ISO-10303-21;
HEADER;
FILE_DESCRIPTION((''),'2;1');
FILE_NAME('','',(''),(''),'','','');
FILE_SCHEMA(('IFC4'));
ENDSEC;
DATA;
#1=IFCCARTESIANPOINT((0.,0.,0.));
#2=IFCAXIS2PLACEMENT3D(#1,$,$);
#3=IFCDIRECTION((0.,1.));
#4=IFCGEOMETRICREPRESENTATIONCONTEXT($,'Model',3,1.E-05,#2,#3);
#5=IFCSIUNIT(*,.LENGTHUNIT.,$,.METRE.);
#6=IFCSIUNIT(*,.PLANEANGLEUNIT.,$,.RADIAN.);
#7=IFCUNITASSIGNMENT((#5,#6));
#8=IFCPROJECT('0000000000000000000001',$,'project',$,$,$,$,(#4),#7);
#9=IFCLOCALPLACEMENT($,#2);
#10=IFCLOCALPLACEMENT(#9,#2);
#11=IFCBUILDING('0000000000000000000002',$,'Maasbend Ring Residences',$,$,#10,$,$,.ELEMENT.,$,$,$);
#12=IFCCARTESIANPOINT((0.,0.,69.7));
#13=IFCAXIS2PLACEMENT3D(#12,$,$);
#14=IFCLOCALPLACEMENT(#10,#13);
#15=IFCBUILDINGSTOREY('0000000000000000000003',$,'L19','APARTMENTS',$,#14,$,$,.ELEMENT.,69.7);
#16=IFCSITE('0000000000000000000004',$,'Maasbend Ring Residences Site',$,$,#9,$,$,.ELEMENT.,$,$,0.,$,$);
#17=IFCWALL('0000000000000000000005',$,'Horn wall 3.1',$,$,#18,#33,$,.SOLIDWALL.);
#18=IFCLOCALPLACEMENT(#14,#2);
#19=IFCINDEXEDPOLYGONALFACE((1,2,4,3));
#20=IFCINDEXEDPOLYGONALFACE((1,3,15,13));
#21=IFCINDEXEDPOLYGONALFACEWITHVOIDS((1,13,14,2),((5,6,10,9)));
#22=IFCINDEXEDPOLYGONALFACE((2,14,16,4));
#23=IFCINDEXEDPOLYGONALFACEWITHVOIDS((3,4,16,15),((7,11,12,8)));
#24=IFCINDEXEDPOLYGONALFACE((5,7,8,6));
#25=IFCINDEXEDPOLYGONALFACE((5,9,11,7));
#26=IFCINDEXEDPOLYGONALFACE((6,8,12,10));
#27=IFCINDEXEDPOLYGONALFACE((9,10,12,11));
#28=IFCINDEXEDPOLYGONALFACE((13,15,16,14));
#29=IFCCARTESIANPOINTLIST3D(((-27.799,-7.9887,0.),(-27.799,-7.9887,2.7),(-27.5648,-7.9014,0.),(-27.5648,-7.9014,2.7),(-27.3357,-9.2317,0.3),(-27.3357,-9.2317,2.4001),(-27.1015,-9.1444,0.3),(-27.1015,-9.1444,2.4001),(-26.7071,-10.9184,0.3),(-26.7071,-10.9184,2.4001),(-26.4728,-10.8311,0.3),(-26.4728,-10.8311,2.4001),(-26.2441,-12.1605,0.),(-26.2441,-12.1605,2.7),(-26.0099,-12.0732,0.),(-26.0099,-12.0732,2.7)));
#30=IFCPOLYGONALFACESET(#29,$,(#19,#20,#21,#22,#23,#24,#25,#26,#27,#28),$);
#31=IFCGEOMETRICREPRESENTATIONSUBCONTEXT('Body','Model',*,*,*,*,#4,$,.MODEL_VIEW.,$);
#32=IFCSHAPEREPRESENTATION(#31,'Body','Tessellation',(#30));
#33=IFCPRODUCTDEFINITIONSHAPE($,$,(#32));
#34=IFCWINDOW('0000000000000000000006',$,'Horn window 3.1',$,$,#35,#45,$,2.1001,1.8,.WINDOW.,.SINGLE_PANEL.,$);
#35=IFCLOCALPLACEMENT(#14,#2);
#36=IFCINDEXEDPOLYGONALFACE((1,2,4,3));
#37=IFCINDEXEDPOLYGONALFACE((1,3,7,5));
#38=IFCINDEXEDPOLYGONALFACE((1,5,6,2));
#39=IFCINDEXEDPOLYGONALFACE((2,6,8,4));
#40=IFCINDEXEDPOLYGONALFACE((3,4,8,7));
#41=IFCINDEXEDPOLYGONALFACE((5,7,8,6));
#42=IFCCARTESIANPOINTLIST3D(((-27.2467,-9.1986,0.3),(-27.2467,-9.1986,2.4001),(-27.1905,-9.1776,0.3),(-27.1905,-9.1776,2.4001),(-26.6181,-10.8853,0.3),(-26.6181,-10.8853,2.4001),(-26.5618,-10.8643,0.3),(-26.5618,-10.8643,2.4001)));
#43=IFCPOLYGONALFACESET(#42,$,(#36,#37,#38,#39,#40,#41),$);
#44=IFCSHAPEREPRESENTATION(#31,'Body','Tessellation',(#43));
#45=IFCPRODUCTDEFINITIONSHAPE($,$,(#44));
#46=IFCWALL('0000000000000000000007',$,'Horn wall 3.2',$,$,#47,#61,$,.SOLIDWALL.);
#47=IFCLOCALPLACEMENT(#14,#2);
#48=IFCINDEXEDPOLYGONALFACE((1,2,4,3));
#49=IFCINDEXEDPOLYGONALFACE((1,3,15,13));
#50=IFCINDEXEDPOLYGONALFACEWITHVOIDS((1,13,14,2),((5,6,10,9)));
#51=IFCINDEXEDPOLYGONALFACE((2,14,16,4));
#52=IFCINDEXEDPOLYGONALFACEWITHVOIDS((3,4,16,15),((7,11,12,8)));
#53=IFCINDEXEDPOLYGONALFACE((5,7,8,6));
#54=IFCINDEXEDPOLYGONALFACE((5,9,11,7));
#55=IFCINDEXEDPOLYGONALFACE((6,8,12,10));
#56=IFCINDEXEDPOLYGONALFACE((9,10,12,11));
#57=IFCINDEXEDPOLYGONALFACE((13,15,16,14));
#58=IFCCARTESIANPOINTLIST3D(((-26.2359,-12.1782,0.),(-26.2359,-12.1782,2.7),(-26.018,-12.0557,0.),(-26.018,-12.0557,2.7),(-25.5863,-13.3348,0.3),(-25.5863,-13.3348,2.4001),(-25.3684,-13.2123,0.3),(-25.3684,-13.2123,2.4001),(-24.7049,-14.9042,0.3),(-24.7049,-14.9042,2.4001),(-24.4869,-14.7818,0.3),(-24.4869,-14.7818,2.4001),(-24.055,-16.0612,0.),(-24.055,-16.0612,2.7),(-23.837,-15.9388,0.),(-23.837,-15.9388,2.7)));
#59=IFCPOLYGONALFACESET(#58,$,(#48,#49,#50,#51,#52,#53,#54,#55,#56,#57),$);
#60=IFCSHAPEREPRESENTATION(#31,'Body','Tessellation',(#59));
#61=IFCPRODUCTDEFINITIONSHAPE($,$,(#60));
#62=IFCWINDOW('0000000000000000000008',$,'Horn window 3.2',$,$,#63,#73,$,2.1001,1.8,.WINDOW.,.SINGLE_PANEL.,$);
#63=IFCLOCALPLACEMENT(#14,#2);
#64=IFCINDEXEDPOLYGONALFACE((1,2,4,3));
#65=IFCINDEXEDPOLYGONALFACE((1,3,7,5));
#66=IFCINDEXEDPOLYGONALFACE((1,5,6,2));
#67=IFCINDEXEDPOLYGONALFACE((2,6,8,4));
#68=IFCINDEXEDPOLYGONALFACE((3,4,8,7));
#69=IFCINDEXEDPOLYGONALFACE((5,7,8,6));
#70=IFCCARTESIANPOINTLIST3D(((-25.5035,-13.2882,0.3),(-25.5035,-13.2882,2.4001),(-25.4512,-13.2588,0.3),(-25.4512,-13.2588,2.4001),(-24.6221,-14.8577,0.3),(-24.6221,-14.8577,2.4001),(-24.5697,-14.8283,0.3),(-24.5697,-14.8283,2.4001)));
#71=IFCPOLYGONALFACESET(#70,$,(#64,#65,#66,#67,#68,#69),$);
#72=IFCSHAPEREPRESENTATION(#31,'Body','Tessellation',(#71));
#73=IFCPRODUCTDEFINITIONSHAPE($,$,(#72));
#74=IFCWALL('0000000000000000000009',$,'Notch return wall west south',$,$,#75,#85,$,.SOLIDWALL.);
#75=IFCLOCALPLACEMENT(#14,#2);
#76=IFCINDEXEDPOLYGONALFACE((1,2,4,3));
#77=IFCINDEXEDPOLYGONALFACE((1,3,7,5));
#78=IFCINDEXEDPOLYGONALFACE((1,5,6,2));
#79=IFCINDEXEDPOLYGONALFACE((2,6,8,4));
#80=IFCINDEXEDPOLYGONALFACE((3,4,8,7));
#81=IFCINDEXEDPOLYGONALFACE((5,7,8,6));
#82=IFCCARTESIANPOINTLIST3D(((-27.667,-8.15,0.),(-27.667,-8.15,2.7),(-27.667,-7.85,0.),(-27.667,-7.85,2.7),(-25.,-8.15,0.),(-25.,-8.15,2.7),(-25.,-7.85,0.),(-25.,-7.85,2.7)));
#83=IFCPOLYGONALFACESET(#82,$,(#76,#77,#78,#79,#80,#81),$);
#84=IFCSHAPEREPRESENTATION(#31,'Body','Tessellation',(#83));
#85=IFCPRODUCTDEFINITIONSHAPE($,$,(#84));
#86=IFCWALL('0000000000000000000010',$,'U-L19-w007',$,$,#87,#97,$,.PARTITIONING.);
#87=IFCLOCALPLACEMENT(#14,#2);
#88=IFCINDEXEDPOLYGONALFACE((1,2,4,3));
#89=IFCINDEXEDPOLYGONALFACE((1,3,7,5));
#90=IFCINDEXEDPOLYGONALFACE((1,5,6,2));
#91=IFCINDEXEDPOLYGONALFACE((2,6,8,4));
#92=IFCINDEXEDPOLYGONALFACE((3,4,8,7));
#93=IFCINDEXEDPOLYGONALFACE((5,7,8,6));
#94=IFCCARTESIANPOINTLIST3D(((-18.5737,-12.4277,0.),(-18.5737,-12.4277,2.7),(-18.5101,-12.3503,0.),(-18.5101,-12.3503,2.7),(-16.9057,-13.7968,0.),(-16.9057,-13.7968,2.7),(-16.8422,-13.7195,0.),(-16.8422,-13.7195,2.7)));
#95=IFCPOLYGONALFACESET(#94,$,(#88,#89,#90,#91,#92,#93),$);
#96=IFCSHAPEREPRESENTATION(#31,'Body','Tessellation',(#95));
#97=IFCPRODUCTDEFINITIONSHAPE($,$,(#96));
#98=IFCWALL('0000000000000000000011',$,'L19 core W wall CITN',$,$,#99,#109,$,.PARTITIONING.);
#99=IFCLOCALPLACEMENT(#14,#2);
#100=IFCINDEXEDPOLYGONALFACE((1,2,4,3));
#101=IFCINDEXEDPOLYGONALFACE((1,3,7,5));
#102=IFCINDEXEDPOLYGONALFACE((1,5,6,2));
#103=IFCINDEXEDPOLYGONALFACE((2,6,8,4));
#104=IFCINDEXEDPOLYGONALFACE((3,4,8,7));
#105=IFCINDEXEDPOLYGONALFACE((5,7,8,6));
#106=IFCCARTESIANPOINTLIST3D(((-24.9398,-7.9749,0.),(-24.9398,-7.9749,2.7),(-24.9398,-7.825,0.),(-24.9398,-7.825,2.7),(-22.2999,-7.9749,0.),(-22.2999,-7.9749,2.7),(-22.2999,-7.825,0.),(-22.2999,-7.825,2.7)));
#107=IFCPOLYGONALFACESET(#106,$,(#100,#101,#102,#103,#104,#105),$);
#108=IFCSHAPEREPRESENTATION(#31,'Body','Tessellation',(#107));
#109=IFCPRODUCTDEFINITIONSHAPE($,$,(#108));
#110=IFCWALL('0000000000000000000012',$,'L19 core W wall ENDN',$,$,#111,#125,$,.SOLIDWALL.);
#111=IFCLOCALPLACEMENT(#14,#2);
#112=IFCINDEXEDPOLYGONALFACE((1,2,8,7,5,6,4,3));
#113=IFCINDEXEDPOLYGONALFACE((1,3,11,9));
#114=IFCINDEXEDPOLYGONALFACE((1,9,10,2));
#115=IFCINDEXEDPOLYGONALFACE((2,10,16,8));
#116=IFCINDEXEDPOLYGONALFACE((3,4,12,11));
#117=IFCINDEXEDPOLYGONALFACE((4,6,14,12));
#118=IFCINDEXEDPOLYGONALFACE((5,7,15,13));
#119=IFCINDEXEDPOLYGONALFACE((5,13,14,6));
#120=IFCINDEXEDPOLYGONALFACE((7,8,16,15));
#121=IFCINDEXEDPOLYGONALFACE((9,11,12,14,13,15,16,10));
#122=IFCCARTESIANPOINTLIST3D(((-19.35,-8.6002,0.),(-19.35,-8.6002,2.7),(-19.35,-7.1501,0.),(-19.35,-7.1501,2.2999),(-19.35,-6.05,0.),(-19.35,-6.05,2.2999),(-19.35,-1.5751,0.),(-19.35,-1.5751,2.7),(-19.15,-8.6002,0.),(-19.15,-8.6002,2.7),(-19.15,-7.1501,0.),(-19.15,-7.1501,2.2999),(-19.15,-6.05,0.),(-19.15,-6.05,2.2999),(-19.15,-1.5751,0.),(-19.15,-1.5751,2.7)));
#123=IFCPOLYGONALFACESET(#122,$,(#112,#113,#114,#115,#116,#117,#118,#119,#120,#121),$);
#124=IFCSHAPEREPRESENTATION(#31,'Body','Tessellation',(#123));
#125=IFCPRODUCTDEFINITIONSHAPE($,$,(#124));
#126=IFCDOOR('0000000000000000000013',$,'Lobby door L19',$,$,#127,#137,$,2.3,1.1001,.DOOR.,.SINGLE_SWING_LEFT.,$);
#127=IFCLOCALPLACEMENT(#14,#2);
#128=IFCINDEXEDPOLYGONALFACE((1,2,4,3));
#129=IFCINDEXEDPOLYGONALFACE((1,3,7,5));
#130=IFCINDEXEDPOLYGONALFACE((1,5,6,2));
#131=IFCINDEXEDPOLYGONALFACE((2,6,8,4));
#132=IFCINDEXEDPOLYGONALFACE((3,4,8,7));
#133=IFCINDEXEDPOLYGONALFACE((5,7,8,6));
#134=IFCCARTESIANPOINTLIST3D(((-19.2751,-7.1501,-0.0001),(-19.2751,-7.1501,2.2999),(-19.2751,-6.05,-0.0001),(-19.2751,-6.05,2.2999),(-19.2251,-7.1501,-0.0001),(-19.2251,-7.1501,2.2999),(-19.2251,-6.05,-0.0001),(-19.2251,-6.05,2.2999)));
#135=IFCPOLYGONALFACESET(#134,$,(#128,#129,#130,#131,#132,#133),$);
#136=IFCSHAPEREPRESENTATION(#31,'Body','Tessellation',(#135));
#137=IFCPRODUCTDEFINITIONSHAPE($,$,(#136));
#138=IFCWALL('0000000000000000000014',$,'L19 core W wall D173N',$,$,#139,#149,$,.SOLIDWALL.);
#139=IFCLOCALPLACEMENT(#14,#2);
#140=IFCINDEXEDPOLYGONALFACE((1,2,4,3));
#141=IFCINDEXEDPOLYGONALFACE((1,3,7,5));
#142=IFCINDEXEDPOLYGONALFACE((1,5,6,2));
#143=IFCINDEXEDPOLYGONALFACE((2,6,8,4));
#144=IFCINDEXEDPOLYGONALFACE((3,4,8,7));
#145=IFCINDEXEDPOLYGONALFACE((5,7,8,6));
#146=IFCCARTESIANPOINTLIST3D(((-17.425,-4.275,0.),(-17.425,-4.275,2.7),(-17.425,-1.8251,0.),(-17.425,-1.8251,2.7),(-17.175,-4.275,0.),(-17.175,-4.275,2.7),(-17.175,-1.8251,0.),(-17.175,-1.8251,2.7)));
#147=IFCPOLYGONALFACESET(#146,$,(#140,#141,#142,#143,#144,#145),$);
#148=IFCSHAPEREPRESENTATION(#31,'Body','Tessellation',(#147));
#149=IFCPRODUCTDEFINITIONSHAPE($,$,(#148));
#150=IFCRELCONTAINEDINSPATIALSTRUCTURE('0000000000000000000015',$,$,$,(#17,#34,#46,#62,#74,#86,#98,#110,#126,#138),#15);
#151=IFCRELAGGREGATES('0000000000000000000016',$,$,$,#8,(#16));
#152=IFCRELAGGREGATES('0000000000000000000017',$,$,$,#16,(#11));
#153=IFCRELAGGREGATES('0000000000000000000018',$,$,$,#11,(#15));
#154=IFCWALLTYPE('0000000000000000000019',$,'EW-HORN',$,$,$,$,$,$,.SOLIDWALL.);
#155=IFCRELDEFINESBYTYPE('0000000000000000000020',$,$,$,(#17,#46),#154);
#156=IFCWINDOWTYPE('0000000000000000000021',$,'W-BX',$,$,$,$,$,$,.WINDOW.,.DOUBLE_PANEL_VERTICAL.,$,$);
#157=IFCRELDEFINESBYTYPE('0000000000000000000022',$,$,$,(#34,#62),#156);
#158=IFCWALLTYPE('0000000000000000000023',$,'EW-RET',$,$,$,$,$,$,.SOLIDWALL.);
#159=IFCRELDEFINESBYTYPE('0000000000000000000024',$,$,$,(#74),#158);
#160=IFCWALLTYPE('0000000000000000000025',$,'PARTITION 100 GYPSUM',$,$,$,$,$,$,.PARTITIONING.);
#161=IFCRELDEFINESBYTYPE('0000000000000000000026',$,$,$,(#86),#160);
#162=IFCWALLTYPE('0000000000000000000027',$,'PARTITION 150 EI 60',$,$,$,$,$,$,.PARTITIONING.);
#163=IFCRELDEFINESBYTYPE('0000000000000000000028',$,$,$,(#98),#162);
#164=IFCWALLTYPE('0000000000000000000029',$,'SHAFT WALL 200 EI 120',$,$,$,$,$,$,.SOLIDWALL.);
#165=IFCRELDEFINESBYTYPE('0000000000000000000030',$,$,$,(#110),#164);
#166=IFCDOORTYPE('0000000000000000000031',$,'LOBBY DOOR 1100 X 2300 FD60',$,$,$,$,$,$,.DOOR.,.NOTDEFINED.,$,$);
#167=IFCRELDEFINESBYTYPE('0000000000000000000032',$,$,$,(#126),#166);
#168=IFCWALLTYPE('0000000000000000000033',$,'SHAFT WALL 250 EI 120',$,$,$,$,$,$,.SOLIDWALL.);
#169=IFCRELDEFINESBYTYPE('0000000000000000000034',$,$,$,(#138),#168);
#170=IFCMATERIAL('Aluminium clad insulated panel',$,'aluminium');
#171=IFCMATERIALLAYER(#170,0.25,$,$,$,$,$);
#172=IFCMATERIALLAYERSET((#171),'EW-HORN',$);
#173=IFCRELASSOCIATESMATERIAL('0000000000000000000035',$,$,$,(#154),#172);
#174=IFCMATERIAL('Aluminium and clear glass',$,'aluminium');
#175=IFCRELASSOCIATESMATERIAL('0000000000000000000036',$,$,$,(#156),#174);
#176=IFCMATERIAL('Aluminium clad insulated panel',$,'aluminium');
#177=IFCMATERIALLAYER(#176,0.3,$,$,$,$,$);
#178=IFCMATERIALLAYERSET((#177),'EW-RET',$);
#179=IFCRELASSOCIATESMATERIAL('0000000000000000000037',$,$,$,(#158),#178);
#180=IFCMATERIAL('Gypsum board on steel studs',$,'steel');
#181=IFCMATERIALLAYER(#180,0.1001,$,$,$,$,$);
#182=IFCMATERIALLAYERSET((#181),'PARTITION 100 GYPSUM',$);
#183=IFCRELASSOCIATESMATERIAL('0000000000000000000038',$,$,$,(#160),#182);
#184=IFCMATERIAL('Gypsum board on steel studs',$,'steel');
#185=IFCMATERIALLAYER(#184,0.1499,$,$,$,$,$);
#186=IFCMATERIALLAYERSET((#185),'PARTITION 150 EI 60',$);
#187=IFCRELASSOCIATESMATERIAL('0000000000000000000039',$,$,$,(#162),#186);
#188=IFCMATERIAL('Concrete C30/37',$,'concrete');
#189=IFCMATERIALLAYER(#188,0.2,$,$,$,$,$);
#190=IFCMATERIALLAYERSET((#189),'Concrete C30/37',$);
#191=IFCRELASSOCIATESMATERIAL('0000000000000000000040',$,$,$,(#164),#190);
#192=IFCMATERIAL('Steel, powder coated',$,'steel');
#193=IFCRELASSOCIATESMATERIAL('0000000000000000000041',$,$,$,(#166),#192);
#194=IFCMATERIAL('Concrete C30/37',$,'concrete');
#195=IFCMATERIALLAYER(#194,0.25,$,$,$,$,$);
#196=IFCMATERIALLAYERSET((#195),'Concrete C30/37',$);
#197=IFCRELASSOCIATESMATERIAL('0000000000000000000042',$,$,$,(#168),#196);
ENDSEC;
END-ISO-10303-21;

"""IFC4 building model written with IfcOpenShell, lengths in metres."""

from ifc_helpers import new_model, si_unit, direction, frame, frame_2d, origin, place, context, subcontext, project, spatial, rectangle, extrude, material, layer, layer_set, type_object, element, fill, save


model = new_model("IFC4")

# Units and contexts
model_context = context("Model", 3, precision=1e-05, world=origin(), true_north=direction((0.0, 1.0)))
body_context = subcontext(model_context, "Body", "Model", "MODEL_VIEW")
ifc_project = project(units=[si_unit("LENGTHUNIT", "METRE"), si_unit("PLANEANGLEUNIT", "RADIAN")], contexts=[model_context])

# Site, building, storey
site_placement = place(None, origin())
site = spatial("IfcSite", under=ifc_project, at=site_placement, Name="Maasbend Ring Residences Site", CompositionType="ELEMENT", RefElevation=0.0)
building_placement = place(site_placement, origin())
building = spatial("IfcBuilding", under=site, at=building_placement, Name="Maasbend Ring Residences", CompositionType="ELEMENT")
storey_placement = place(building_placement, frame((0.0, 0.0, 69.7)))
storey = spatial("IfcBuildingStorey", under=building, at=storey_placement, Name="L19", Description="APARTMENTS", CompositionType="ELEMENT", Elevation=69.7)

# Walls, openings, windows
ifc_material_1 = material(Name="Aluminium clad insulated panel", Category="aluminium")
ifc_layer_1 = layer(ifc_material_1, 0.25)
ifc_layer_set_1 = layer_set([ifc_layer_1], Name="EW-HORN")
wall_type_1 = type_object("IfcWallType", Name="EW-HORN", PredefinedType="SOLIDWALL", material=ifc_layer_set_1)
wall_1_placement = place(storey_placement, frame((-27.6819, -7.9451, 0.0), z_axis=(0.0, 0.0, 1.0), x_axis=(0.349248, -0.93703, 0.0)))
wall_1 = element("IfcWall", 1, at=wall_1_placement, inside=storey, type_object=wall_type_1, Name="Horn wall 3.1", PredefinedType="SOLIDWALL", context=body_context, shape_type="SweptSolid", body=[
    extrude(rectangle(XDim=4.4521, YDim=0.25, at=frame_2d((2.2261, 0.0))), origin(), (0.0, 0.0, 1.0), 2.7),
])
opening_1_placement = place(wall_1_placement, frame((1.3267, 0.0, 0.3)))
opening_1 = element("IfcOpeningElement", 2, at=opening_1_placement, cuts=wall_1, PredefinedType="OPENING", context=body_context, shape_type="SweptSolid", body=[
    extrude(rectangle(XDim=1.8, YDim=2.1001, at=frame_2d((0.8999, 1.05))), frame((0.0, 0.135, 0.0), z_axis=(0.0, -1.0, 0.0), x_axis=(1.0, 0.0, 0.0)), (0.0, 0.0, 1.0), 0.27),
])
ifc_material_2 = material(Name="Aluminium and clear glass", Category="aluminium")
window_type = type_object("IfcWindowType", Name="W-BX", PartitioningType="DOUBLE_PANEL_VERTICAL", PredefinedType="WINDOW", material=ifc_material_2)
window_1_placement = place(opening_1_placement, origin())
window_1 = element("IfcWindow", 3, at=window_1_placement, inside=storey, type_object=window_type, Name="Horn window 3.1", OverallHeight=2.1001, OverallWidth=1.8, PartitioningType="SINGLE_PANEL", PredefinedType="WINDOW", context=body_context, shape_type="SweptSolid", body=[
    extrude(rectangle(XDim=1.8, YDim=2.1001, at=frame_2d((0.8999, 1.05))), frame((0.0, 0.03, 0.0), z_axis=(0.0, -1.0, 0.0), x_axis=(1.0, 0.0, 0.0)), (0.0, 0.0, 1.0), 0.0601),
])
fill(opening_1, window_1)
wall_2_placement = place(storey_placement, frame((-26.127, -12.1169, 0.0), z_axis=(0.0, 0.0, 1.0), x_axis=(0.489696, -0.871893, 0.0)))
wall_2 = element("IfcWall", 4, at=wall_2_placement, inside=storey, type_object=wall_type_1, Name="Horn wall 3.2", PredefinedType="SOLIDWALL", context=body_context, shape_type="SweptSolid", body=[
    extrude(rectangle(XDim=4.4536, YDim=0.25, at=frame_2d((2.2268, 0.0))), origin(), (0.0, 0.0, 1.0), 2.7),
])
opening_2_placement = place(wall_2_placement, frame((1.3267, 0.0, 0.3)))
opening_2 = element("IfcOpeningElement", 5, at=opening_2_placement, cuts=wall_2, PredefinedType="OPENING", context=body_context, shape_type="SweptSolid", body=[
    extrude(rectangle(XDim=1.8, YDim=2.1001, at=frame_2d((0.8999, 1.05))), frame((0.0, 0.135, 0.0), z_axis=(0.0, -1.0, 0.0), x_axis=(1.0, 0.0, 0.0)), (0.0, 0.0, 1.0), 0.27),
])
window_2_placement = place(opening_2_placement, origin())
window_2 = element("IfcWindow", 6, at=window_2_placement, inside=storey, type_object=window_type, Name="Horn window 3.2", OverallHeight=2.1001, OverallWidth=1.8, PartitioningType="SINGLE_PANEL", PredefinedType="WINDOW", context=body_context, shape_type="SweptSolid", body=[
    extrude(rectangle(XDim=1.8, YDim=2.1001, at=frame_2d((0.8999, 1.05))), frame((0.0, 0.03, 0.0), z_axis=(0.0, -1.0, 0.0), x_axis=(1.0, 0.0, 0.0)), (0.0, 0.0, 1.0), 0.0601),
])
fill(opening_2, window_2)

# Walls
ifc_material_3 = material(Name="Aluminium clad insulated panel", Category="aluminium")
ifc_layer_2 = layer(ifc_material_3, 0.3)
ifc_layer_set_2 = layer_set([ifc_layer_2], Name="EW-RET")
wall_type_2 = type_object("IfcWallType", Name="EW-RET", PredefinedType="SOLIDWALL", material=ifc_layer_set_2)
wall_3_placement = place(storey_placement, frame((-25.0, -8.0, 0.0), z_axis=(0.0, 0.0, 1.0), x_axis=(-1.0, 0.0, 0.0)))
element("IfcWall", 7, at=wall_3_placement, inside=storey, type_object=wall_type_2, Name="Notch return wall west south", PredefinedType="SOLIDWALL", context=body_context, shape_type="SweptSolid", body=[
    extrude(rectangle(XDim=2.667, YDim=0.3, at=frame_2d((1.3335, 0.0))), origin(), (0.0, 0.0, 1.0), 2.7),
])
ifc_material_4 = material(Name="Gypsum board on steel studs", Category="steel")
ifc_layer_3 = layer(ifc_material_4, 0.1001)
ifc_layer_set_3 = layer_set([ifc_layer_3], Name="PARTITION 100 GYPSUM")
wall_type_3 = type_object("IfcWallType", Name="PARTITION 100 GYPSUM", PredefinedType="PARTITIONING", material=ifc_layer_set_3)
wall_4_placement = place(storey_placement, frame((-18.542, -12.3889, 0.0), z_axis=(0.0, 0.0, 1.0), x_axis=(0.772948, -0.634469, 0.0)))
element("IfcWall", 8, at=wall_4_placement, inside=storey, type_object=wall_type_3, Name="U-L19-w007", PredefinedType="PARTITIONING", context=body_context, shape_type="SweptSolid", body=[
    extrude(rectangle(XDim=2.158, YDim=0.1001, at=frame_2d((1.0791, 0.0))), origin(), (0.0, 0.0, 1.0), 2.7),
])
ifc_material_5 = material(Name="Gypsum board on steel studs", Category="steel")
ifc_layer_4 = layer(ifc_material_5, 0.1499)
ifc_layer_set_4 = layer_set([ifc_layer_4], Name="PARTITION 150 EI 60")
wall_type_4 = type_object("IfcWallType", Name="PARTITION 150 EI 60", PredefinedType="PARTITIONING", material=ifc_layer_set_4)
wall_5_placement = place(storey_placement, frame((-22.3, -7.8999, 0.0), z_axis=(0.0, 0.0, 1.0), x_axis=(-1.0, 0.0, 0.0)))
element("IfcWall", 9, at=wall_5_placement, inside=storey, type_object=wall_type_4, Name="L19 core W wall CITN", PredefinedType="PARTITIONING", context=body_context, shape_type="SweptSolid", body=[
    extrude(rectangle(XDim=2.6399, YDim=0.1499, at=frame_2d((1.3198, 0.0))), origin(), (0.0, 0.0, 1.0), 2.7),
])

# Wall, opening, door
ifc_material_6 = material(Name="Concrete C30/37", Category="concrete")
ifc_layer_5 = layer(ifc_material_6, 0.2)
ifc_layer_set_5 = layer_set([ifc_layer_5], Name="Concrete C30/37")
wall_type_5 = type_object("IfcWallType", Name="SHAFT WALL 200 EI 120", PredefinedType="SOLIDWALL", material=ifc_layer_set_5)
wall_6_placement = place(storey_placement, frame((-19.25, -1.575, 0.0), z_axis=(0.0, 0.0, 1.0), x_axis=(0.0, -1.0, 0.0)))
wall_6 = element("IfcWall", 10, at=wall_6_placement, inside=storey, type_object=wall_type_5, Name="L19 core W wall ENDN", PredefinedType="SOLIDWALL", context=body_context, shape_type="SweptSolid", body=[
    extrude(rectangle(XDim=7.0251, YDim=0.2, at=frame_2d((3.5127, 0.0))), origin(), (0.0, 0.0, 1.0), 2.7),
])
opening_3_placement = place(wall_6_placement, frame((4.4751, 0.0, 0.0)))
opening_3 = element("IfcOpeningElement", 11, at=opening_3_placement, cuts=wall_6, PredefinedType="OPENING", context=body_context, shape_type="SweptSolid", body=[
    extrude(rectangle(XDim=1.1001, YDim=2.3, at=frame_2d((0.55, 1.1499))), frame((0.0, 0.1099, 0.0), z_axis=(0.0, -1.0, 0.0), x_axis=(1.0, 0.0, 0.0)), (0.0, 0.0, 1.0), 0.22),
])
ifc_material_7 = material(Name="Steel, powder coated", Category="steel")
door_type_1 = type_object("IfcDoorType", Name="LOBBY DOOR 1100 X 2300 FD60", OperationType="NOTDEFINED", PredefinedType="DOOR", material=ifc_material_7)
door_1_placement = place(opening_3_placement, origin())
door_1 = element("IfcDoor", 12, at=door_1_placement, inside=storey, type_object=door_type_1, Name="Lobby door L19", OperationType="SINGLE_SWING_LEFT", OverallHeight=2.3, OverallWidth=1.1001, PredefinedType="DOOR", context=body_context, shape_type="SweptSolid", body=[
    extrude(rectangle(XDim=1.1001, YDim=2.3, at=frame_2d((0.55, 1.1499))), frame((0.0, 0.0249, 0.0), z_axis=(0.0, -1.0, 0.0), x_axis=(1.0, 0.0, 0.0)), (0.0, 0.0, 1.0), 0.05),
])
fill(opening_3, door_1)

# Wall
ifc_material_8 = material(Name="Concrete C30/37", Category="concrete")
ifc_layer_6 = layer(ifc_material_8, 0.25)
ifc_layer_set_6 = layer_set([ifc_layer_6], Name="Concrete C30/37")
wall_type_6 = type_object("IfcWallType", Name="SHAFT WALL 250 EI 120", PredefinedType="SOLIDWALL", material=ifc_layer_set_6)
wall_7_placement = place(storey_placement, frame((-17.3, -1.825, 0.0), z_axis=(0.0, 0.0, 1.0), x_axis=(0.0, -1.0, 0.0)))
element("IfcWall", 13, at=wall_7_placement, inside=storey, type_object=wall_type_6, Name="L19 core W wall D173N", PredefinedType="SOLIDWALL", context=body_context, shape_type="SweptSolid", body=[
    extrude(rectangle(XDim=2.45, YDim=0.25, at=frame_2d((1.2251, 0.0))), origin(), (0.0, 0.0, 1.0), 2.7),
])

save(model, "model.ifc")
